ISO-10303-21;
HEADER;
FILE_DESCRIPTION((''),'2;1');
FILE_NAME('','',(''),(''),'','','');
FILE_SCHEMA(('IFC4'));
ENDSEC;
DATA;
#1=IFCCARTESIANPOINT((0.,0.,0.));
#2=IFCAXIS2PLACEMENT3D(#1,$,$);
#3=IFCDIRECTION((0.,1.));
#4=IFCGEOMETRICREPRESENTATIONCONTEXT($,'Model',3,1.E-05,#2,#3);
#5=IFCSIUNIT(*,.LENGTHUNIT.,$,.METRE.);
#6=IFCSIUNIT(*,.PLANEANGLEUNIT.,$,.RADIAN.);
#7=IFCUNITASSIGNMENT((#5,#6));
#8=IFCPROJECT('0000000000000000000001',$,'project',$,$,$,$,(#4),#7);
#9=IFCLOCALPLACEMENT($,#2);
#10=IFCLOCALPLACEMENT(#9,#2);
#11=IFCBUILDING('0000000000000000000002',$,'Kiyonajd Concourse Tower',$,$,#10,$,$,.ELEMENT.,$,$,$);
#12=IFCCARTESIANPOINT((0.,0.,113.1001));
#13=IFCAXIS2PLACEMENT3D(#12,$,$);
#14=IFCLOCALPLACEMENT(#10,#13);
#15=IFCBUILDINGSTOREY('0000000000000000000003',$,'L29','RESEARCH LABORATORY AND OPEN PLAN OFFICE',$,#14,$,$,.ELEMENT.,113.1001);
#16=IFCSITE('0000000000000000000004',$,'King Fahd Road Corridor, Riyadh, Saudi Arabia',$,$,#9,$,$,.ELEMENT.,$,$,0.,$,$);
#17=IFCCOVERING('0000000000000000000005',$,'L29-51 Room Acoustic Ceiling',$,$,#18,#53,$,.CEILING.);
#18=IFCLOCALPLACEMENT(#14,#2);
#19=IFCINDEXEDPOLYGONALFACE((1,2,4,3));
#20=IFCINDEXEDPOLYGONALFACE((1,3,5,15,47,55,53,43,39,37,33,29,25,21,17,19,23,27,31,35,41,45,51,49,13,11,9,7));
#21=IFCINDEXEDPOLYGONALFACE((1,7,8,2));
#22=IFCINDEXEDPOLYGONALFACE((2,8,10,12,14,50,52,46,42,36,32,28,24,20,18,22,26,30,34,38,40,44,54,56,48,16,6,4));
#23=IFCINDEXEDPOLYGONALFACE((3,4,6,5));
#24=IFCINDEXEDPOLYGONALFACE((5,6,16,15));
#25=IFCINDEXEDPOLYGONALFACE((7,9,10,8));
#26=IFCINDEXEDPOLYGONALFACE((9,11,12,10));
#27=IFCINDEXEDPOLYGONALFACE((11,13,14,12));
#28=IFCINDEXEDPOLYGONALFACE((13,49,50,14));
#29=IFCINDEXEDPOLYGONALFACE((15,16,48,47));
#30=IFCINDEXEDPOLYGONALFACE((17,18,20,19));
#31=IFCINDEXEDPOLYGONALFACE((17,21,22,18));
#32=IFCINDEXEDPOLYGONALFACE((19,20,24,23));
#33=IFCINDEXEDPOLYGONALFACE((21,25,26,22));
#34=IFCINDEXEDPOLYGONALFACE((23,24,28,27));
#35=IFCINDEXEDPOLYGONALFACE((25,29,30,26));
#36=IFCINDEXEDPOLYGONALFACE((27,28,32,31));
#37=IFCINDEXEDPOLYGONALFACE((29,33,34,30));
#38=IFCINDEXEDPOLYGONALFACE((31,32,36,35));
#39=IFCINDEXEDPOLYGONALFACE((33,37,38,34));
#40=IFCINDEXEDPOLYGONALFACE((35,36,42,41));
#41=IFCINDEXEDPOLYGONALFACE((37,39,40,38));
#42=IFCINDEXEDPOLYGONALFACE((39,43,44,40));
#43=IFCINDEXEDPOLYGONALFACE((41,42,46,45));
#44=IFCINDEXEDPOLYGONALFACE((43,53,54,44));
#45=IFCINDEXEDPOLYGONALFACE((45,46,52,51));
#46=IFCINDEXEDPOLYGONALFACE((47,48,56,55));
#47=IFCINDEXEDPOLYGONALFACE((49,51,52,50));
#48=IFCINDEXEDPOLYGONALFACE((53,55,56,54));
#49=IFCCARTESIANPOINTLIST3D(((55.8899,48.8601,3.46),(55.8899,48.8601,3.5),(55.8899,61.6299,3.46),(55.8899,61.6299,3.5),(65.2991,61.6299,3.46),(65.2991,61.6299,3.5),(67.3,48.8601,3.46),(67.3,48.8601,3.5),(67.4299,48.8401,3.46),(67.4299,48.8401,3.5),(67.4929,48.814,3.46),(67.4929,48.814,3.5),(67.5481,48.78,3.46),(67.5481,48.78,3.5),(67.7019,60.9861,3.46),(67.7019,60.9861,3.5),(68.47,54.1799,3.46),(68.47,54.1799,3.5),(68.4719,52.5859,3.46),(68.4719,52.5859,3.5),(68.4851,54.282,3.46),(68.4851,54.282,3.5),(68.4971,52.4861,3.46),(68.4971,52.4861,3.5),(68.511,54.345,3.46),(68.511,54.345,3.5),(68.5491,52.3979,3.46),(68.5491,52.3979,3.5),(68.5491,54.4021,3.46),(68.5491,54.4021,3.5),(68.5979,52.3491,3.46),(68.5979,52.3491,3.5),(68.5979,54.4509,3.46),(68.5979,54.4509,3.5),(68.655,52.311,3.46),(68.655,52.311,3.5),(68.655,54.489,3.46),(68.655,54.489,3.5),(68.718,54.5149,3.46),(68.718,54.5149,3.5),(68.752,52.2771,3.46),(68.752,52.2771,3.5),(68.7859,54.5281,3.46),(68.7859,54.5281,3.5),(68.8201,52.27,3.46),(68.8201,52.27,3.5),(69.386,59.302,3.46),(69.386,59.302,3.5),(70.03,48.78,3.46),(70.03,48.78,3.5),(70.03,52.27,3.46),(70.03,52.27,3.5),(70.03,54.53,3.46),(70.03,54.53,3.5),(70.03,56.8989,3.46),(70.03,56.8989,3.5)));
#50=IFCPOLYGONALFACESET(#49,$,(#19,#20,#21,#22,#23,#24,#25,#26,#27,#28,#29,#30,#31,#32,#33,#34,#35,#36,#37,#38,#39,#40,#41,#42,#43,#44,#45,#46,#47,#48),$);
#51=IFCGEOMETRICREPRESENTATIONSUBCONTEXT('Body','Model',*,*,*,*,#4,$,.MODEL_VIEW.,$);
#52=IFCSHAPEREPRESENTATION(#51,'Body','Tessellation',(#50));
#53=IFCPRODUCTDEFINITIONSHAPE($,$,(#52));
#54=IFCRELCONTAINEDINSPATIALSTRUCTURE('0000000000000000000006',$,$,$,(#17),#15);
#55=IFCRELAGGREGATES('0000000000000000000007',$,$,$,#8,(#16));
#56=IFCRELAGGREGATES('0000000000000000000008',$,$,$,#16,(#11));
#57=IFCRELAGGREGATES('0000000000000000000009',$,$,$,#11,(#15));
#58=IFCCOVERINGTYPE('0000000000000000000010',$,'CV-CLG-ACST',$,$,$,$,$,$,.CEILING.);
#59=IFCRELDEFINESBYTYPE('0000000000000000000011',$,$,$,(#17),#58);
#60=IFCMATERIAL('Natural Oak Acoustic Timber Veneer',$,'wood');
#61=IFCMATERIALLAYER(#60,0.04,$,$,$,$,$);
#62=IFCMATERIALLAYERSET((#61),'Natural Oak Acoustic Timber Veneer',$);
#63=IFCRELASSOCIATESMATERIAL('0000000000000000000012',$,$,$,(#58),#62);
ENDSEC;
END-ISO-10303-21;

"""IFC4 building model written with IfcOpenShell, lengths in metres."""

from ifc_helpers import new_model, si_unit, direction, frame, origin, place, context, subcontext, project, spatial, polyline, outline, extrude, material, layer, layer_set, type_object, element, save


model = new_model("IFC4")

# Units and contexts
model_context = context("Model", 3, precision=1e-05, world=origin(), true_north=direction((0.0, 1.0)))
body_context = subcontext(model_context, "Body", "Model", "MODEL_VIEW")
ifc_project = project(units=[si_unit("LENGTHUNIT", "METRE"), si_unit("PLANEANGLEUNIT", "RADIAN")], contexts=[model_context])

# Site, building, storey
site_placement = place(None, origin())
site = spatial("IfcSite", under=ifc_project, at=site_placement, Name="King Fahd Road Corridor, Riyadh, Saudi Arabia", CompositionType="ELEMENT", RefElevation=0.0)
building_placement = place(site_placement, origin())
building = spatial("IfcBuilding", under=site, at=building_placement, Name="Kiyonajd Concourse Tower", CompositionType="ELEMENT")
storey_placement = place(building_placement, frame((0.0, 0.0, 113.1001)))
storey = spatial("IfcBuildingStorey", under=building, at=storey_placement, Name="L29", Description="RESEARCH LABORATORY AND OPEN PLAN OFFICE", CompositionType="ELEMENT", Elevation=113.1001)

# Shared definitions
ifc_material_1 = material(Name="Natural Oak Acoustic Timber Veneer", Category="wood")

# Covering
ifc_layer_1 = layer(ifc_material_1, 0.04)
ifc_layer_set_1 = layer_set([ifc_layer_1], Name="Natural Oak Acoustic Timber Veneer")
covering_type = type_object("IfcCoveringType", Name="CV-CLG-ACST", PredefinedType="CEILING", material=ifc_layer_set_1)
covering_1_placement = place(storey_placement, frame((0.0, 0.0, 3.46)))
element("IfcCovering", 1, at=covering_1_placement, inside=storey, type_object=covering_type, Name="L29-51 Room Acoustic Ceiling", PredefinedType="CEILING", context=body_context, shape_type="SweptSolid", body=[
    extrude(outline(polyline([(67.5481, 48.78), (67.4929, 48.814), (67.4299, 48.8401), (67.3, 48.8601), (55.8899, 48.8601), (55.8899, 61.6299), (65.2991, 61.6299), (67.7019, 60.9861), (69.386, 59.302), (70.03, 56.8989), (70.03, 54.53), (68.7859, 54.5281), (68.718, 54.5149), (68.655, 54.489), (68.5979, 54.4509), (68.5491, 54.4021), (68.511, 54.345), (68.4851, 54.282), (68.47, 54.1799), (68.4719, 52.5859), (68.4971, 52.4861), (68.5491, 52.3979), (68.5979, 52.3491), (68.655, 52.311), (68.752, 52.2771), (68.8201, 52.27), (70.03, 52.27), (70.03, 48.78), (67.5481, 48.78)])), origin(), (0.0, 0.0, 1.0), 0.04),
])

save(model, "model.ifc")
